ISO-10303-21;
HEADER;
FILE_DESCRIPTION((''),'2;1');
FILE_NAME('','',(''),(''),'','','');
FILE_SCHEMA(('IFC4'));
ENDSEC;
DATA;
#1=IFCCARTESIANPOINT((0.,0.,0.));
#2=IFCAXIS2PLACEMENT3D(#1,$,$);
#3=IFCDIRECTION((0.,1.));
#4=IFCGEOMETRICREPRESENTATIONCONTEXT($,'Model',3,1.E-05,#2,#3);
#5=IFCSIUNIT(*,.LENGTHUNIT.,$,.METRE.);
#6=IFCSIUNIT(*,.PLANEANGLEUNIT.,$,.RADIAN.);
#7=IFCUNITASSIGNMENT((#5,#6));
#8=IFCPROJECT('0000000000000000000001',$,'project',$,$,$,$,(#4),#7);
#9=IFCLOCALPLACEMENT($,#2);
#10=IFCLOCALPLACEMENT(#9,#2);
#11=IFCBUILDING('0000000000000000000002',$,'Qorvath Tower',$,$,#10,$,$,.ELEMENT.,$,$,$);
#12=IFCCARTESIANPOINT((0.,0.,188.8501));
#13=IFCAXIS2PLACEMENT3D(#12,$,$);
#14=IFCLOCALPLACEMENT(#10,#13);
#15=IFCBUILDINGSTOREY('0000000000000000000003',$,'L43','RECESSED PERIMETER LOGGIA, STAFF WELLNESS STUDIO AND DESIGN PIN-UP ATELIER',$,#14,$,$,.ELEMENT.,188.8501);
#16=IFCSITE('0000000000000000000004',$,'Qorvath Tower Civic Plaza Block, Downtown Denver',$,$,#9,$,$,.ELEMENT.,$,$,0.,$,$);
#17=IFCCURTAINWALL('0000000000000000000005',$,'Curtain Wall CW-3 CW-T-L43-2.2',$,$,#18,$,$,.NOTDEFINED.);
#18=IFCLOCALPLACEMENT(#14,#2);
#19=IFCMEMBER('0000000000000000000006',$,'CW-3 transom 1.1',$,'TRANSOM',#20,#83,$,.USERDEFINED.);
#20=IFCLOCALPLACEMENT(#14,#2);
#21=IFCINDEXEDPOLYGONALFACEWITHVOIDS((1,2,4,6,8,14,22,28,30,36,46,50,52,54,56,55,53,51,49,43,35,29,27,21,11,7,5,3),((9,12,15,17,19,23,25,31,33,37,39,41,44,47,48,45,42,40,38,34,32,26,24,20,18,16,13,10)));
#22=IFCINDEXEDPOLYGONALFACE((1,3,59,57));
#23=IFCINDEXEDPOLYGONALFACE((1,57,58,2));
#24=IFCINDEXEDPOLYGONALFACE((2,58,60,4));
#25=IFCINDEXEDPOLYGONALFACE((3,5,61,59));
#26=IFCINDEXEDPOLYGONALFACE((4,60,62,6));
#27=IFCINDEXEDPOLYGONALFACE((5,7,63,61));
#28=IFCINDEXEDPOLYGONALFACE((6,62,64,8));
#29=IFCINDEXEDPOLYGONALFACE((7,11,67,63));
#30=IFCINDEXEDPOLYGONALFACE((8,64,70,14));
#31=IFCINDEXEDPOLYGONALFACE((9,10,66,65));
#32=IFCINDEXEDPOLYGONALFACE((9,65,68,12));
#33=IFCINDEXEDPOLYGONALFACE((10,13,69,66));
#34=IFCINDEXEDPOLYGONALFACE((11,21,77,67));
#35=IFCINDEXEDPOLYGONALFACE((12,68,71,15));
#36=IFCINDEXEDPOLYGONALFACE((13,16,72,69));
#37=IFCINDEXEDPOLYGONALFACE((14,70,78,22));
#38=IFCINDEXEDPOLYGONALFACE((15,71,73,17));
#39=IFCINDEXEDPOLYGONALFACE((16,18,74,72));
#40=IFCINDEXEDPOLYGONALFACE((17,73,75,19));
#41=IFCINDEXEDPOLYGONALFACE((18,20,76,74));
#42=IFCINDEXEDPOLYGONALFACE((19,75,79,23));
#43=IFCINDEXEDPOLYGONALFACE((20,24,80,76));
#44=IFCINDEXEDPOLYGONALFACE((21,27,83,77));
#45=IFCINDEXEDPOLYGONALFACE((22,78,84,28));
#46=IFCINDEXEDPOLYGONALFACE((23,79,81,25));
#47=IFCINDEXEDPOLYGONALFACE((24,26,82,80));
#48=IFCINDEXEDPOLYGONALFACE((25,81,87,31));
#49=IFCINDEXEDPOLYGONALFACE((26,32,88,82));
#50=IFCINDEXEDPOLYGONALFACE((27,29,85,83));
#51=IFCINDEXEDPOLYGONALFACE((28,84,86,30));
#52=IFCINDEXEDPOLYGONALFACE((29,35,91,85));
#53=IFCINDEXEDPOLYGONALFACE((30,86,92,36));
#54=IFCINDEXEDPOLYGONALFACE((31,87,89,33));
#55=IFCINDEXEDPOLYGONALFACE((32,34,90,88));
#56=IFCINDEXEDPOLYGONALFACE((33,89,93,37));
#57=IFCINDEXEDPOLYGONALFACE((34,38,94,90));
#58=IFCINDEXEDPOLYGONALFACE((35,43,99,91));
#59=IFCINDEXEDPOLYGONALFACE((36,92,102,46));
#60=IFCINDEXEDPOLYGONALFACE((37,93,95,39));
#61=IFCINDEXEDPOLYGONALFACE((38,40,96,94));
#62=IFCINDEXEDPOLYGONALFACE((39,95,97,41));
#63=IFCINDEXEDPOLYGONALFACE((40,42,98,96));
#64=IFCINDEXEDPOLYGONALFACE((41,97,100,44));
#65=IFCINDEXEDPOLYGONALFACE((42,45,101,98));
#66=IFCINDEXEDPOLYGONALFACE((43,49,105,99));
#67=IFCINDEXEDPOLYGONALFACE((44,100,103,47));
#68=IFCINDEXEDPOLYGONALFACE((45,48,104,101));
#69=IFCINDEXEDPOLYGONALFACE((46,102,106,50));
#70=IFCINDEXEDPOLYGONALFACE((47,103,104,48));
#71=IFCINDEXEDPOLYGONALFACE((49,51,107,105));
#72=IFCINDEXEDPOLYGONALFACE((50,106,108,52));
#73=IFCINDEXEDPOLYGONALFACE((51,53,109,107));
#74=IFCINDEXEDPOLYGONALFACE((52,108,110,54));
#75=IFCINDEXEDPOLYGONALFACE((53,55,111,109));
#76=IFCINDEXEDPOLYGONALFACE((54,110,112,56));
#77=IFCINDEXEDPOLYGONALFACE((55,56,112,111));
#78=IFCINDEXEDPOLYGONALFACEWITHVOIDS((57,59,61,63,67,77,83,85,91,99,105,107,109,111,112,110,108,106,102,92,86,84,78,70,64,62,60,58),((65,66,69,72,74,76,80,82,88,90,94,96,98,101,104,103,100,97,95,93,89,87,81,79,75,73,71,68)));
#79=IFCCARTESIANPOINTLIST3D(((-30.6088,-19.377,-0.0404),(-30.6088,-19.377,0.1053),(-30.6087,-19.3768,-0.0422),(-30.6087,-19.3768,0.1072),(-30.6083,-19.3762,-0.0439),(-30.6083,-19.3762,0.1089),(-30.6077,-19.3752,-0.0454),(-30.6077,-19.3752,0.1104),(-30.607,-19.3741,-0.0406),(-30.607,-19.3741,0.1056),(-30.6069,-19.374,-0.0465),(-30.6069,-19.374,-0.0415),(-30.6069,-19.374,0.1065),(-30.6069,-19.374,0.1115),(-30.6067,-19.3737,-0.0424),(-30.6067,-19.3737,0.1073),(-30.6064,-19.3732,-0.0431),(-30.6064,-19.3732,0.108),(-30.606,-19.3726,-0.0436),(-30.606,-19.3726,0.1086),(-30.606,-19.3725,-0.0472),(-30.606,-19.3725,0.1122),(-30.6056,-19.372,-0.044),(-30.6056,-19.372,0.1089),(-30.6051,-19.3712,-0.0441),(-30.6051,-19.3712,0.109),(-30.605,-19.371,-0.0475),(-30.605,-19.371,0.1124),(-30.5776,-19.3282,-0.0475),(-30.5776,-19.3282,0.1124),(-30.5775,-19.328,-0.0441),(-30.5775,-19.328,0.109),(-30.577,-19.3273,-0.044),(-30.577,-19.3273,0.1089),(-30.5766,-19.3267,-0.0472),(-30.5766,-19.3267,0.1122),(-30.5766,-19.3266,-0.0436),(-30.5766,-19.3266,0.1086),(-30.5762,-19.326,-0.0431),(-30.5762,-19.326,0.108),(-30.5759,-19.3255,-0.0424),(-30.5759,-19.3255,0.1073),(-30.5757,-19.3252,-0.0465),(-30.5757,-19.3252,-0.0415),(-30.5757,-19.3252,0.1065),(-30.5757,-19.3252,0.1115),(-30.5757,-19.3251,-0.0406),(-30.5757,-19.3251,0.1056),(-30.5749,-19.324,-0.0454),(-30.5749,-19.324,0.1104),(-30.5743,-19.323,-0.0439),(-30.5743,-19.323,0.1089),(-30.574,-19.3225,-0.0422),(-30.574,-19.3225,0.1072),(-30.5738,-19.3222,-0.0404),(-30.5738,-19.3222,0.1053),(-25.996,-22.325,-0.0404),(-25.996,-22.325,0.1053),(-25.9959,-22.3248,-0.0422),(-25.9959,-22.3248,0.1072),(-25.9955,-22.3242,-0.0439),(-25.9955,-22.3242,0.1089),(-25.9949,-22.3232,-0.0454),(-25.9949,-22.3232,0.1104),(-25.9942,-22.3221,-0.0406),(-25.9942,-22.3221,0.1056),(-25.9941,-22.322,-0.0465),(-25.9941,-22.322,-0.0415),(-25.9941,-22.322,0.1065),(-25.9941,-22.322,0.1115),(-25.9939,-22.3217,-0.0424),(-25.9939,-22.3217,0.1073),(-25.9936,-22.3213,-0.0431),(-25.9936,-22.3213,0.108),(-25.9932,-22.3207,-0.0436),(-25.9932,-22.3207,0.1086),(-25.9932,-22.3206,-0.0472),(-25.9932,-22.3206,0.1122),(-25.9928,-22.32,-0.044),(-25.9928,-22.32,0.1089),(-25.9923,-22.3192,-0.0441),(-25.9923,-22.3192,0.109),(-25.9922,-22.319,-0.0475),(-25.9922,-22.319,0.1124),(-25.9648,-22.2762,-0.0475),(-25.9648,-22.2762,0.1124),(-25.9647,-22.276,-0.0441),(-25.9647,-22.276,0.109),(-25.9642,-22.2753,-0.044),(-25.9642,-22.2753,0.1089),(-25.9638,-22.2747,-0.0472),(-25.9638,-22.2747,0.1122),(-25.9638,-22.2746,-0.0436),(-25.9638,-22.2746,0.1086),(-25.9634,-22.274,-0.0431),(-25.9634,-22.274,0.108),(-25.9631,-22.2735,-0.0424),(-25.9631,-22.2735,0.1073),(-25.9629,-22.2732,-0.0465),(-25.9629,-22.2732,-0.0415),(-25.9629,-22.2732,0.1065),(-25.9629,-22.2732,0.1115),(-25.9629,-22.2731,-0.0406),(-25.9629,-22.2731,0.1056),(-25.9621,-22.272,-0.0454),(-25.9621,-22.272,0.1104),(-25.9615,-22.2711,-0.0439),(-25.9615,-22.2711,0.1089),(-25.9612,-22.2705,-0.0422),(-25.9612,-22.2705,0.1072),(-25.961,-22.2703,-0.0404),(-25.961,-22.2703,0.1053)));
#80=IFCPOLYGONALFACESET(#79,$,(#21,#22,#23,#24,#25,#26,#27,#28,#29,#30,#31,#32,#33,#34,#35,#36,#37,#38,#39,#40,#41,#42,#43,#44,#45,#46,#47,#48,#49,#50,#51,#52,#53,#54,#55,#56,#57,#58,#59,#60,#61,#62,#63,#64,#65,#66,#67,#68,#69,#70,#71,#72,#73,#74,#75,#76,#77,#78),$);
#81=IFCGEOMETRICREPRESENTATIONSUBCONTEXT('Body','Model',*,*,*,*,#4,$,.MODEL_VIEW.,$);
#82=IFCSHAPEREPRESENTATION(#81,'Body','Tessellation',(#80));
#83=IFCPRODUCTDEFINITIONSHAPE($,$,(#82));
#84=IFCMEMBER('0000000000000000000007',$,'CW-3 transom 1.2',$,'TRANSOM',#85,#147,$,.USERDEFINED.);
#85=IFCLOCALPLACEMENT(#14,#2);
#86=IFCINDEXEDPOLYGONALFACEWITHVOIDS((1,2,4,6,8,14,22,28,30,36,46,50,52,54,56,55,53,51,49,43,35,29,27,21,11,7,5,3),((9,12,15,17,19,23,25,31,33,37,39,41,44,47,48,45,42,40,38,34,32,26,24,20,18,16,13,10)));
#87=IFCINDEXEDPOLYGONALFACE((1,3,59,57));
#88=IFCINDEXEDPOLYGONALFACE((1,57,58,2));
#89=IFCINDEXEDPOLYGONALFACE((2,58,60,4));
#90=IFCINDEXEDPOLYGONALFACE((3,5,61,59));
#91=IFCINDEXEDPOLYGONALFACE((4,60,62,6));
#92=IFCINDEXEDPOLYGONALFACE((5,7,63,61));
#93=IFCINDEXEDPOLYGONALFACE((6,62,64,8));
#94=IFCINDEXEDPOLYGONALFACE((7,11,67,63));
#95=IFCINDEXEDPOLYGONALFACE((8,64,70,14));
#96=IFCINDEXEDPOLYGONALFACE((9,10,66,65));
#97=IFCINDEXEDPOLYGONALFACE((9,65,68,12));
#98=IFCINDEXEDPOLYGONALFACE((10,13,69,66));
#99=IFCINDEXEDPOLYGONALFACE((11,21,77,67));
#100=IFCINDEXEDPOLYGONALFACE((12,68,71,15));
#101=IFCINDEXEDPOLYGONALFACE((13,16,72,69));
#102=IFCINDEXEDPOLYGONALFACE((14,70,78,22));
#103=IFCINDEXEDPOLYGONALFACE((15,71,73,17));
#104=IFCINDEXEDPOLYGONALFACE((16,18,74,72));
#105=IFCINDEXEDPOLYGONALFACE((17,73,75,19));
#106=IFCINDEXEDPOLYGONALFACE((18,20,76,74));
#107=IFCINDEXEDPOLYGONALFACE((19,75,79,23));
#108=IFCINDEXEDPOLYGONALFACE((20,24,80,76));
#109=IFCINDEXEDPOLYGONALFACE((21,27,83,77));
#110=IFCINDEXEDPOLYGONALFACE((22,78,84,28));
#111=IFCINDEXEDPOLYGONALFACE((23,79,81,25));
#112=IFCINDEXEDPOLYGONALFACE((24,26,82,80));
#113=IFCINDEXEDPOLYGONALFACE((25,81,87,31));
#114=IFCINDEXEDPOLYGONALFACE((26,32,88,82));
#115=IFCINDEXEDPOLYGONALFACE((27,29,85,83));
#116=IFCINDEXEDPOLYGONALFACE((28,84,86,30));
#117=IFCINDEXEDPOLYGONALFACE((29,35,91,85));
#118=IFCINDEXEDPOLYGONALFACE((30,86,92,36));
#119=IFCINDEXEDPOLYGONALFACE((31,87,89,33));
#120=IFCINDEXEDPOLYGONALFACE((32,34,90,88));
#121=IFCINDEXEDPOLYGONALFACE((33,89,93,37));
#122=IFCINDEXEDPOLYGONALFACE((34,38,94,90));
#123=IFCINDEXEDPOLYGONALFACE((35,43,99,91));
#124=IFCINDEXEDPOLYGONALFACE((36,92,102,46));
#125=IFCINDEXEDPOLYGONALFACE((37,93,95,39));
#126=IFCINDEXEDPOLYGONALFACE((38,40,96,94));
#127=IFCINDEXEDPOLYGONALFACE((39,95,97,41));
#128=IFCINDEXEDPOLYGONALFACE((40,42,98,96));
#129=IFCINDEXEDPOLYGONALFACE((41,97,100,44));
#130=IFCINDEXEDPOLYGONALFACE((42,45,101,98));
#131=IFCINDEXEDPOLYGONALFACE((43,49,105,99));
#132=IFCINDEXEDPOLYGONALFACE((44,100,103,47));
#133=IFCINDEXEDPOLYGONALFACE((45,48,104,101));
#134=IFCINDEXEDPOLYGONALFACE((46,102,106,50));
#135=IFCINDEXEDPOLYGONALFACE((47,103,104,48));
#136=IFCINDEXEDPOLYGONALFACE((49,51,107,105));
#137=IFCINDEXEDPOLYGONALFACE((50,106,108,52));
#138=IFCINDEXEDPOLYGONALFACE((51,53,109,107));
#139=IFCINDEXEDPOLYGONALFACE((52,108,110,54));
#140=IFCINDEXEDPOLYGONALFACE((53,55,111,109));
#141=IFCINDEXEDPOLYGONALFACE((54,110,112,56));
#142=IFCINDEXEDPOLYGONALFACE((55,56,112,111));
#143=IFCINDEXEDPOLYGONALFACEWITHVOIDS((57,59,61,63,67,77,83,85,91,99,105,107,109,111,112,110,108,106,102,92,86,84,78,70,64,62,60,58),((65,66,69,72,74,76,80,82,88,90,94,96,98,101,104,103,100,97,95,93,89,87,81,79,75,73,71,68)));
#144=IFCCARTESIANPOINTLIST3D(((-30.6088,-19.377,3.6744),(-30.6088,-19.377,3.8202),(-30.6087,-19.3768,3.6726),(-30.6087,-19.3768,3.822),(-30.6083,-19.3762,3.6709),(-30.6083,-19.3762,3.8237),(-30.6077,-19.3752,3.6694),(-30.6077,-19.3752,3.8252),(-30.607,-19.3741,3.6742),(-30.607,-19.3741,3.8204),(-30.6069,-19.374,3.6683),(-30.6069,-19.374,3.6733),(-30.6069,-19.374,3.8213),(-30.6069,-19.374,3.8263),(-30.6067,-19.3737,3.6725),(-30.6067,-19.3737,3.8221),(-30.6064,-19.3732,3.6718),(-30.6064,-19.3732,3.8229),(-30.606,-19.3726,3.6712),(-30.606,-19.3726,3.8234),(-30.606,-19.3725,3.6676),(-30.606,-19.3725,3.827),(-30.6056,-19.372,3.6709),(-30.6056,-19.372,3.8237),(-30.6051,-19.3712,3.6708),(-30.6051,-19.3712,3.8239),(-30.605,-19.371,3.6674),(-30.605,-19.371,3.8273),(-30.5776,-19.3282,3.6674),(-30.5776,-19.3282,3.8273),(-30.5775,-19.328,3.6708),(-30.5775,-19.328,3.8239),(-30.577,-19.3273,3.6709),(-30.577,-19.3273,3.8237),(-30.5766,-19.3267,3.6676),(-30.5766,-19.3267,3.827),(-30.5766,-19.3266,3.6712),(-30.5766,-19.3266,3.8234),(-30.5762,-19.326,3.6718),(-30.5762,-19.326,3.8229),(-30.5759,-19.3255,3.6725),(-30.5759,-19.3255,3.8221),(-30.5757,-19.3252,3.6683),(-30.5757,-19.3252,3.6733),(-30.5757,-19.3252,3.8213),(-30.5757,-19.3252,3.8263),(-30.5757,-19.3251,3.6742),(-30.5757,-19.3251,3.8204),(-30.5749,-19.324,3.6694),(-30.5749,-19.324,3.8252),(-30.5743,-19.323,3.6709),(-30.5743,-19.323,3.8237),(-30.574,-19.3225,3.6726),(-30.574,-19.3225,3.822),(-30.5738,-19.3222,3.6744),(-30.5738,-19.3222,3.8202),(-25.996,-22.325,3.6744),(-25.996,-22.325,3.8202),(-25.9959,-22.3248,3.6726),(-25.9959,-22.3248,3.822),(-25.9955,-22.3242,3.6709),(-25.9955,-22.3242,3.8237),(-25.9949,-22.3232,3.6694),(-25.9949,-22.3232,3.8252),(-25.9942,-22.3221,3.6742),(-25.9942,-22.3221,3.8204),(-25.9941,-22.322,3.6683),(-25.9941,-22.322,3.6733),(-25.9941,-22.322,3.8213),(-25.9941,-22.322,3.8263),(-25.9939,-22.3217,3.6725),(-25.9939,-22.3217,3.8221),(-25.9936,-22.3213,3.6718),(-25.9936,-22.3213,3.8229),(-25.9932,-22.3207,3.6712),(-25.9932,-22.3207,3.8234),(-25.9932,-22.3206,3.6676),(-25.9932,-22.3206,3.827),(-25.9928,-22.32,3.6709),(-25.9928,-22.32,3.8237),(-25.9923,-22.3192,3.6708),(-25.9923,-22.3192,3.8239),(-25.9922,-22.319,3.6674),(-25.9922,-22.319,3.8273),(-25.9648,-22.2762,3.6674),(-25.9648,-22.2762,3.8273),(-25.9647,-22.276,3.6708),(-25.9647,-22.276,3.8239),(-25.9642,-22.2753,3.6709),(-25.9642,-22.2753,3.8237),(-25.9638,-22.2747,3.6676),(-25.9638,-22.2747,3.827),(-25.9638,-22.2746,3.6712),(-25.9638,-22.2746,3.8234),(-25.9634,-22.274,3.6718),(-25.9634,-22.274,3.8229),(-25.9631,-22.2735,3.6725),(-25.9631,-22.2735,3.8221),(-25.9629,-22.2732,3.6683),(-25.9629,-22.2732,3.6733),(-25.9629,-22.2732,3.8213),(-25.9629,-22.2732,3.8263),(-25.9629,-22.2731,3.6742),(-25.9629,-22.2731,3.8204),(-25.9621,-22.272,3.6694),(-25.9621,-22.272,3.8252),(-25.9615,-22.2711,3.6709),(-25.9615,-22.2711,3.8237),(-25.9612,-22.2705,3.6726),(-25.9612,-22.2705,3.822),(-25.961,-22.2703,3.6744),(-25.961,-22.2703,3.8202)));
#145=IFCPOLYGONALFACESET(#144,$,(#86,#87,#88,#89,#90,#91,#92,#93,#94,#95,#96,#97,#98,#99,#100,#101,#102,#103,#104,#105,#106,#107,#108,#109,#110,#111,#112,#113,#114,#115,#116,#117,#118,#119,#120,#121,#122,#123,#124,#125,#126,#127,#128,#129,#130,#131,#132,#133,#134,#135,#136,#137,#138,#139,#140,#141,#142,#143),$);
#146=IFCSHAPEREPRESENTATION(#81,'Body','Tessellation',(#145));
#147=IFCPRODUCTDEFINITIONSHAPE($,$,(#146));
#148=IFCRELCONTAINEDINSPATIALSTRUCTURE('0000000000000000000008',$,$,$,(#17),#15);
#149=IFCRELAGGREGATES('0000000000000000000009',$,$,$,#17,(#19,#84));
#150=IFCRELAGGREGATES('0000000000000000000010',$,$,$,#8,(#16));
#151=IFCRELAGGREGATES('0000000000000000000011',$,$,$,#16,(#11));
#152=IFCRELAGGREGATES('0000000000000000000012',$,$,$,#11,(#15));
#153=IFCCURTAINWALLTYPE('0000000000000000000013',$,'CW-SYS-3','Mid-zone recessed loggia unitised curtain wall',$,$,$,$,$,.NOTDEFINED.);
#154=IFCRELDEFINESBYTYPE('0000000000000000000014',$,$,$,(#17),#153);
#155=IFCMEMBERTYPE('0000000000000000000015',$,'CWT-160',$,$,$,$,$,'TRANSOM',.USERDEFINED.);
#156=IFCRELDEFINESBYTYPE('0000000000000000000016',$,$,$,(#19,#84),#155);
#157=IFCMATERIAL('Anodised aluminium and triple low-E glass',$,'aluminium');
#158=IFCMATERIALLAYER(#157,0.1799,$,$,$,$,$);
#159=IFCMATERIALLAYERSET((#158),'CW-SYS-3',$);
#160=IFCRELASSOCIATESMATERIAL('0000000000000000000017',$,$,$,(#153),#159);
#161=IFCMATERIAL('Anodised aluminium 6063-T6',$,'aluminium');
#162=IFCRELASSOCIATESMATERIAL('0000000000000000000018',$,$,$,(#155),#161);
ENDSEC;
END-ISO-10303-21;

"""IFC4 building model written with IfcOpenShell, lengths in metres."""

from ifc_helpers import new_model, si_unit, direction, frame, origin, origin_2d, place, context, subcontext, project, spatial, hollow_rectangle, extrude, material, layer, layer_set, material_profile, profile_set, type_object, element, aggregate, save


model = new_model("IFC4")

# Units and contexts
model_context = context("Model", 3, precision=1e-05, world=origin(), true_north=direction((0.0, 1.0)))
body_context = subcontext(model_context, "Body", "Model", "MODEL_VIEW")
ifc_project = project(units=[si_unit("LENGTHUNIT", "METRE"), si_unit("PLANEANGLEUNIT", "RADIAN")], contexts=[model_context])

# Site, building, storey
site_placement = place(None, origin())
site = spatial("IfcSite", under=ifc_project, at=site_placement, Name="Qorvath Tower Civic Plaza Block, Downtown Denver", CompositionType="ELEMENT", RefElevation=0.0)
building_placement = place(site_placement, origin())
building = spatial("IfcBuilding", under=site, at=building_placement, Name="Qorvath Tower", CompositionType="ELEMENT")
storey_placement = place(building_placement, frame((0.0, 0.0, 188.8501)))
storey = spatial("IfcBuildingStorey", under=building, at=storey_placement, Name="L43", Description="RECESSED PERIMETER LOGGIA, STAFF WELLNESS STUDIO AND DESIGN PIN-UP ATELIER", CompositionType="ELEMENT", Elevation=188.8501)

# Curtain wall, members
ifc_material_1 = material(Name="Anodised aluminium and triple low-E glass", Category="aluminium")
ifc_layer_1 = layer(ifc_material_1, 0.1799)
ifc_layer_set_1 = layer_set([ifc_layer_1], Name="CW-SYS-3")
curtain_wall_type = type_object("IfcCurtainWallType", Name="CW-SYS-3", Description="Mid-zone recessed loggia unitised curtain wall", PredefinedType="NOTDEFINED", material=ifc_layer_set_1)
curtain_wall_placement = place(storey_placement, origin())
curtain_wall = element("IfcCurtainWall", 1, at=curtain_wall_placement, inside=storey, type_object=curtain_wall_type, Name="Curtain Wall CW-3 CW-T-L43-2.2", PredefinedType="NOTDEFINED")
ifc_material_2 = material(Name="Anodised aluminium 6063-T6", Category="aluminium")
ifc_material_profile_1 = material_profile(ifc_material_2, hollow_rectangle(XDim=0.0649, YDim=0.1599, WallThickness=0.0034, InnerFilletRadius=0.0034, OuterFilletRadius=0.0071, at=origin_2d()), Name="CWT 160x65")
ifc_profile_set_1 = profile_set([ifc_material_profile_1], Name="Anodised aluminium 6063-T6")
member_type_1 = type_object("IfcMemberType", Name="CWT-160", ElementType="TRANSOM", PredefinedType="USERDEFINED", material=ifc_profile_set_1)
member_1_placement = place(storey_placement, frame((-30.5913, -19.3496, 0.0325), z_axis=(0.842619, -0.538511, 0.0), x_axis=(0.538511, 0.842619, 0.0)))
member_1 = element("IfcMember", 2, at=member_1_placement, type_object=member_type_1, Name="CW-3 transom 1.1", ObjectType="TRANSOM", PredefinedType="USERDEFINED", context=body_context, shape_type="SweptSolid", body=[
    extrude(hollow_rectangle(XDim=0.0649, YDim=0.1599, WallThickness=0.0034, InnerFilletRadius=0.0034, OuterFilletRadius=0.0071, at=origin_2d()), origin(), (0.0, 0.0, 1.0), 5.4744),
])
member_2_placement = place(storey_placement, frame((-30.5913, -19.3496, 3.7473), z_axis=(0.842619, -0.538511, 0.0), x_axis=(0.538511, 0.842619, 0.0)))
member_2 = element("IfcMember", 3, at=member_2_placement, type_object=member_type_1, Name="CW-3 transom 1.2", ObjectType="TRANSOM", PredefinedType="USERDEFINED", context=body_context, shape_type="SweptSolid", body=[
    extrude(hollow_rectangle(XDim=0.0649, YDim=0.1599, WallThickness=0.0034, InnerFilletRadius=0.0034, OuterFilletRadius=0.0071, at=origin_2d()), origin(), (0.0, 0.0, 1.0), 5.4744),
])
aggregate(curtain_wall, [member_1, member_2])

save(model, "model.ifc")
